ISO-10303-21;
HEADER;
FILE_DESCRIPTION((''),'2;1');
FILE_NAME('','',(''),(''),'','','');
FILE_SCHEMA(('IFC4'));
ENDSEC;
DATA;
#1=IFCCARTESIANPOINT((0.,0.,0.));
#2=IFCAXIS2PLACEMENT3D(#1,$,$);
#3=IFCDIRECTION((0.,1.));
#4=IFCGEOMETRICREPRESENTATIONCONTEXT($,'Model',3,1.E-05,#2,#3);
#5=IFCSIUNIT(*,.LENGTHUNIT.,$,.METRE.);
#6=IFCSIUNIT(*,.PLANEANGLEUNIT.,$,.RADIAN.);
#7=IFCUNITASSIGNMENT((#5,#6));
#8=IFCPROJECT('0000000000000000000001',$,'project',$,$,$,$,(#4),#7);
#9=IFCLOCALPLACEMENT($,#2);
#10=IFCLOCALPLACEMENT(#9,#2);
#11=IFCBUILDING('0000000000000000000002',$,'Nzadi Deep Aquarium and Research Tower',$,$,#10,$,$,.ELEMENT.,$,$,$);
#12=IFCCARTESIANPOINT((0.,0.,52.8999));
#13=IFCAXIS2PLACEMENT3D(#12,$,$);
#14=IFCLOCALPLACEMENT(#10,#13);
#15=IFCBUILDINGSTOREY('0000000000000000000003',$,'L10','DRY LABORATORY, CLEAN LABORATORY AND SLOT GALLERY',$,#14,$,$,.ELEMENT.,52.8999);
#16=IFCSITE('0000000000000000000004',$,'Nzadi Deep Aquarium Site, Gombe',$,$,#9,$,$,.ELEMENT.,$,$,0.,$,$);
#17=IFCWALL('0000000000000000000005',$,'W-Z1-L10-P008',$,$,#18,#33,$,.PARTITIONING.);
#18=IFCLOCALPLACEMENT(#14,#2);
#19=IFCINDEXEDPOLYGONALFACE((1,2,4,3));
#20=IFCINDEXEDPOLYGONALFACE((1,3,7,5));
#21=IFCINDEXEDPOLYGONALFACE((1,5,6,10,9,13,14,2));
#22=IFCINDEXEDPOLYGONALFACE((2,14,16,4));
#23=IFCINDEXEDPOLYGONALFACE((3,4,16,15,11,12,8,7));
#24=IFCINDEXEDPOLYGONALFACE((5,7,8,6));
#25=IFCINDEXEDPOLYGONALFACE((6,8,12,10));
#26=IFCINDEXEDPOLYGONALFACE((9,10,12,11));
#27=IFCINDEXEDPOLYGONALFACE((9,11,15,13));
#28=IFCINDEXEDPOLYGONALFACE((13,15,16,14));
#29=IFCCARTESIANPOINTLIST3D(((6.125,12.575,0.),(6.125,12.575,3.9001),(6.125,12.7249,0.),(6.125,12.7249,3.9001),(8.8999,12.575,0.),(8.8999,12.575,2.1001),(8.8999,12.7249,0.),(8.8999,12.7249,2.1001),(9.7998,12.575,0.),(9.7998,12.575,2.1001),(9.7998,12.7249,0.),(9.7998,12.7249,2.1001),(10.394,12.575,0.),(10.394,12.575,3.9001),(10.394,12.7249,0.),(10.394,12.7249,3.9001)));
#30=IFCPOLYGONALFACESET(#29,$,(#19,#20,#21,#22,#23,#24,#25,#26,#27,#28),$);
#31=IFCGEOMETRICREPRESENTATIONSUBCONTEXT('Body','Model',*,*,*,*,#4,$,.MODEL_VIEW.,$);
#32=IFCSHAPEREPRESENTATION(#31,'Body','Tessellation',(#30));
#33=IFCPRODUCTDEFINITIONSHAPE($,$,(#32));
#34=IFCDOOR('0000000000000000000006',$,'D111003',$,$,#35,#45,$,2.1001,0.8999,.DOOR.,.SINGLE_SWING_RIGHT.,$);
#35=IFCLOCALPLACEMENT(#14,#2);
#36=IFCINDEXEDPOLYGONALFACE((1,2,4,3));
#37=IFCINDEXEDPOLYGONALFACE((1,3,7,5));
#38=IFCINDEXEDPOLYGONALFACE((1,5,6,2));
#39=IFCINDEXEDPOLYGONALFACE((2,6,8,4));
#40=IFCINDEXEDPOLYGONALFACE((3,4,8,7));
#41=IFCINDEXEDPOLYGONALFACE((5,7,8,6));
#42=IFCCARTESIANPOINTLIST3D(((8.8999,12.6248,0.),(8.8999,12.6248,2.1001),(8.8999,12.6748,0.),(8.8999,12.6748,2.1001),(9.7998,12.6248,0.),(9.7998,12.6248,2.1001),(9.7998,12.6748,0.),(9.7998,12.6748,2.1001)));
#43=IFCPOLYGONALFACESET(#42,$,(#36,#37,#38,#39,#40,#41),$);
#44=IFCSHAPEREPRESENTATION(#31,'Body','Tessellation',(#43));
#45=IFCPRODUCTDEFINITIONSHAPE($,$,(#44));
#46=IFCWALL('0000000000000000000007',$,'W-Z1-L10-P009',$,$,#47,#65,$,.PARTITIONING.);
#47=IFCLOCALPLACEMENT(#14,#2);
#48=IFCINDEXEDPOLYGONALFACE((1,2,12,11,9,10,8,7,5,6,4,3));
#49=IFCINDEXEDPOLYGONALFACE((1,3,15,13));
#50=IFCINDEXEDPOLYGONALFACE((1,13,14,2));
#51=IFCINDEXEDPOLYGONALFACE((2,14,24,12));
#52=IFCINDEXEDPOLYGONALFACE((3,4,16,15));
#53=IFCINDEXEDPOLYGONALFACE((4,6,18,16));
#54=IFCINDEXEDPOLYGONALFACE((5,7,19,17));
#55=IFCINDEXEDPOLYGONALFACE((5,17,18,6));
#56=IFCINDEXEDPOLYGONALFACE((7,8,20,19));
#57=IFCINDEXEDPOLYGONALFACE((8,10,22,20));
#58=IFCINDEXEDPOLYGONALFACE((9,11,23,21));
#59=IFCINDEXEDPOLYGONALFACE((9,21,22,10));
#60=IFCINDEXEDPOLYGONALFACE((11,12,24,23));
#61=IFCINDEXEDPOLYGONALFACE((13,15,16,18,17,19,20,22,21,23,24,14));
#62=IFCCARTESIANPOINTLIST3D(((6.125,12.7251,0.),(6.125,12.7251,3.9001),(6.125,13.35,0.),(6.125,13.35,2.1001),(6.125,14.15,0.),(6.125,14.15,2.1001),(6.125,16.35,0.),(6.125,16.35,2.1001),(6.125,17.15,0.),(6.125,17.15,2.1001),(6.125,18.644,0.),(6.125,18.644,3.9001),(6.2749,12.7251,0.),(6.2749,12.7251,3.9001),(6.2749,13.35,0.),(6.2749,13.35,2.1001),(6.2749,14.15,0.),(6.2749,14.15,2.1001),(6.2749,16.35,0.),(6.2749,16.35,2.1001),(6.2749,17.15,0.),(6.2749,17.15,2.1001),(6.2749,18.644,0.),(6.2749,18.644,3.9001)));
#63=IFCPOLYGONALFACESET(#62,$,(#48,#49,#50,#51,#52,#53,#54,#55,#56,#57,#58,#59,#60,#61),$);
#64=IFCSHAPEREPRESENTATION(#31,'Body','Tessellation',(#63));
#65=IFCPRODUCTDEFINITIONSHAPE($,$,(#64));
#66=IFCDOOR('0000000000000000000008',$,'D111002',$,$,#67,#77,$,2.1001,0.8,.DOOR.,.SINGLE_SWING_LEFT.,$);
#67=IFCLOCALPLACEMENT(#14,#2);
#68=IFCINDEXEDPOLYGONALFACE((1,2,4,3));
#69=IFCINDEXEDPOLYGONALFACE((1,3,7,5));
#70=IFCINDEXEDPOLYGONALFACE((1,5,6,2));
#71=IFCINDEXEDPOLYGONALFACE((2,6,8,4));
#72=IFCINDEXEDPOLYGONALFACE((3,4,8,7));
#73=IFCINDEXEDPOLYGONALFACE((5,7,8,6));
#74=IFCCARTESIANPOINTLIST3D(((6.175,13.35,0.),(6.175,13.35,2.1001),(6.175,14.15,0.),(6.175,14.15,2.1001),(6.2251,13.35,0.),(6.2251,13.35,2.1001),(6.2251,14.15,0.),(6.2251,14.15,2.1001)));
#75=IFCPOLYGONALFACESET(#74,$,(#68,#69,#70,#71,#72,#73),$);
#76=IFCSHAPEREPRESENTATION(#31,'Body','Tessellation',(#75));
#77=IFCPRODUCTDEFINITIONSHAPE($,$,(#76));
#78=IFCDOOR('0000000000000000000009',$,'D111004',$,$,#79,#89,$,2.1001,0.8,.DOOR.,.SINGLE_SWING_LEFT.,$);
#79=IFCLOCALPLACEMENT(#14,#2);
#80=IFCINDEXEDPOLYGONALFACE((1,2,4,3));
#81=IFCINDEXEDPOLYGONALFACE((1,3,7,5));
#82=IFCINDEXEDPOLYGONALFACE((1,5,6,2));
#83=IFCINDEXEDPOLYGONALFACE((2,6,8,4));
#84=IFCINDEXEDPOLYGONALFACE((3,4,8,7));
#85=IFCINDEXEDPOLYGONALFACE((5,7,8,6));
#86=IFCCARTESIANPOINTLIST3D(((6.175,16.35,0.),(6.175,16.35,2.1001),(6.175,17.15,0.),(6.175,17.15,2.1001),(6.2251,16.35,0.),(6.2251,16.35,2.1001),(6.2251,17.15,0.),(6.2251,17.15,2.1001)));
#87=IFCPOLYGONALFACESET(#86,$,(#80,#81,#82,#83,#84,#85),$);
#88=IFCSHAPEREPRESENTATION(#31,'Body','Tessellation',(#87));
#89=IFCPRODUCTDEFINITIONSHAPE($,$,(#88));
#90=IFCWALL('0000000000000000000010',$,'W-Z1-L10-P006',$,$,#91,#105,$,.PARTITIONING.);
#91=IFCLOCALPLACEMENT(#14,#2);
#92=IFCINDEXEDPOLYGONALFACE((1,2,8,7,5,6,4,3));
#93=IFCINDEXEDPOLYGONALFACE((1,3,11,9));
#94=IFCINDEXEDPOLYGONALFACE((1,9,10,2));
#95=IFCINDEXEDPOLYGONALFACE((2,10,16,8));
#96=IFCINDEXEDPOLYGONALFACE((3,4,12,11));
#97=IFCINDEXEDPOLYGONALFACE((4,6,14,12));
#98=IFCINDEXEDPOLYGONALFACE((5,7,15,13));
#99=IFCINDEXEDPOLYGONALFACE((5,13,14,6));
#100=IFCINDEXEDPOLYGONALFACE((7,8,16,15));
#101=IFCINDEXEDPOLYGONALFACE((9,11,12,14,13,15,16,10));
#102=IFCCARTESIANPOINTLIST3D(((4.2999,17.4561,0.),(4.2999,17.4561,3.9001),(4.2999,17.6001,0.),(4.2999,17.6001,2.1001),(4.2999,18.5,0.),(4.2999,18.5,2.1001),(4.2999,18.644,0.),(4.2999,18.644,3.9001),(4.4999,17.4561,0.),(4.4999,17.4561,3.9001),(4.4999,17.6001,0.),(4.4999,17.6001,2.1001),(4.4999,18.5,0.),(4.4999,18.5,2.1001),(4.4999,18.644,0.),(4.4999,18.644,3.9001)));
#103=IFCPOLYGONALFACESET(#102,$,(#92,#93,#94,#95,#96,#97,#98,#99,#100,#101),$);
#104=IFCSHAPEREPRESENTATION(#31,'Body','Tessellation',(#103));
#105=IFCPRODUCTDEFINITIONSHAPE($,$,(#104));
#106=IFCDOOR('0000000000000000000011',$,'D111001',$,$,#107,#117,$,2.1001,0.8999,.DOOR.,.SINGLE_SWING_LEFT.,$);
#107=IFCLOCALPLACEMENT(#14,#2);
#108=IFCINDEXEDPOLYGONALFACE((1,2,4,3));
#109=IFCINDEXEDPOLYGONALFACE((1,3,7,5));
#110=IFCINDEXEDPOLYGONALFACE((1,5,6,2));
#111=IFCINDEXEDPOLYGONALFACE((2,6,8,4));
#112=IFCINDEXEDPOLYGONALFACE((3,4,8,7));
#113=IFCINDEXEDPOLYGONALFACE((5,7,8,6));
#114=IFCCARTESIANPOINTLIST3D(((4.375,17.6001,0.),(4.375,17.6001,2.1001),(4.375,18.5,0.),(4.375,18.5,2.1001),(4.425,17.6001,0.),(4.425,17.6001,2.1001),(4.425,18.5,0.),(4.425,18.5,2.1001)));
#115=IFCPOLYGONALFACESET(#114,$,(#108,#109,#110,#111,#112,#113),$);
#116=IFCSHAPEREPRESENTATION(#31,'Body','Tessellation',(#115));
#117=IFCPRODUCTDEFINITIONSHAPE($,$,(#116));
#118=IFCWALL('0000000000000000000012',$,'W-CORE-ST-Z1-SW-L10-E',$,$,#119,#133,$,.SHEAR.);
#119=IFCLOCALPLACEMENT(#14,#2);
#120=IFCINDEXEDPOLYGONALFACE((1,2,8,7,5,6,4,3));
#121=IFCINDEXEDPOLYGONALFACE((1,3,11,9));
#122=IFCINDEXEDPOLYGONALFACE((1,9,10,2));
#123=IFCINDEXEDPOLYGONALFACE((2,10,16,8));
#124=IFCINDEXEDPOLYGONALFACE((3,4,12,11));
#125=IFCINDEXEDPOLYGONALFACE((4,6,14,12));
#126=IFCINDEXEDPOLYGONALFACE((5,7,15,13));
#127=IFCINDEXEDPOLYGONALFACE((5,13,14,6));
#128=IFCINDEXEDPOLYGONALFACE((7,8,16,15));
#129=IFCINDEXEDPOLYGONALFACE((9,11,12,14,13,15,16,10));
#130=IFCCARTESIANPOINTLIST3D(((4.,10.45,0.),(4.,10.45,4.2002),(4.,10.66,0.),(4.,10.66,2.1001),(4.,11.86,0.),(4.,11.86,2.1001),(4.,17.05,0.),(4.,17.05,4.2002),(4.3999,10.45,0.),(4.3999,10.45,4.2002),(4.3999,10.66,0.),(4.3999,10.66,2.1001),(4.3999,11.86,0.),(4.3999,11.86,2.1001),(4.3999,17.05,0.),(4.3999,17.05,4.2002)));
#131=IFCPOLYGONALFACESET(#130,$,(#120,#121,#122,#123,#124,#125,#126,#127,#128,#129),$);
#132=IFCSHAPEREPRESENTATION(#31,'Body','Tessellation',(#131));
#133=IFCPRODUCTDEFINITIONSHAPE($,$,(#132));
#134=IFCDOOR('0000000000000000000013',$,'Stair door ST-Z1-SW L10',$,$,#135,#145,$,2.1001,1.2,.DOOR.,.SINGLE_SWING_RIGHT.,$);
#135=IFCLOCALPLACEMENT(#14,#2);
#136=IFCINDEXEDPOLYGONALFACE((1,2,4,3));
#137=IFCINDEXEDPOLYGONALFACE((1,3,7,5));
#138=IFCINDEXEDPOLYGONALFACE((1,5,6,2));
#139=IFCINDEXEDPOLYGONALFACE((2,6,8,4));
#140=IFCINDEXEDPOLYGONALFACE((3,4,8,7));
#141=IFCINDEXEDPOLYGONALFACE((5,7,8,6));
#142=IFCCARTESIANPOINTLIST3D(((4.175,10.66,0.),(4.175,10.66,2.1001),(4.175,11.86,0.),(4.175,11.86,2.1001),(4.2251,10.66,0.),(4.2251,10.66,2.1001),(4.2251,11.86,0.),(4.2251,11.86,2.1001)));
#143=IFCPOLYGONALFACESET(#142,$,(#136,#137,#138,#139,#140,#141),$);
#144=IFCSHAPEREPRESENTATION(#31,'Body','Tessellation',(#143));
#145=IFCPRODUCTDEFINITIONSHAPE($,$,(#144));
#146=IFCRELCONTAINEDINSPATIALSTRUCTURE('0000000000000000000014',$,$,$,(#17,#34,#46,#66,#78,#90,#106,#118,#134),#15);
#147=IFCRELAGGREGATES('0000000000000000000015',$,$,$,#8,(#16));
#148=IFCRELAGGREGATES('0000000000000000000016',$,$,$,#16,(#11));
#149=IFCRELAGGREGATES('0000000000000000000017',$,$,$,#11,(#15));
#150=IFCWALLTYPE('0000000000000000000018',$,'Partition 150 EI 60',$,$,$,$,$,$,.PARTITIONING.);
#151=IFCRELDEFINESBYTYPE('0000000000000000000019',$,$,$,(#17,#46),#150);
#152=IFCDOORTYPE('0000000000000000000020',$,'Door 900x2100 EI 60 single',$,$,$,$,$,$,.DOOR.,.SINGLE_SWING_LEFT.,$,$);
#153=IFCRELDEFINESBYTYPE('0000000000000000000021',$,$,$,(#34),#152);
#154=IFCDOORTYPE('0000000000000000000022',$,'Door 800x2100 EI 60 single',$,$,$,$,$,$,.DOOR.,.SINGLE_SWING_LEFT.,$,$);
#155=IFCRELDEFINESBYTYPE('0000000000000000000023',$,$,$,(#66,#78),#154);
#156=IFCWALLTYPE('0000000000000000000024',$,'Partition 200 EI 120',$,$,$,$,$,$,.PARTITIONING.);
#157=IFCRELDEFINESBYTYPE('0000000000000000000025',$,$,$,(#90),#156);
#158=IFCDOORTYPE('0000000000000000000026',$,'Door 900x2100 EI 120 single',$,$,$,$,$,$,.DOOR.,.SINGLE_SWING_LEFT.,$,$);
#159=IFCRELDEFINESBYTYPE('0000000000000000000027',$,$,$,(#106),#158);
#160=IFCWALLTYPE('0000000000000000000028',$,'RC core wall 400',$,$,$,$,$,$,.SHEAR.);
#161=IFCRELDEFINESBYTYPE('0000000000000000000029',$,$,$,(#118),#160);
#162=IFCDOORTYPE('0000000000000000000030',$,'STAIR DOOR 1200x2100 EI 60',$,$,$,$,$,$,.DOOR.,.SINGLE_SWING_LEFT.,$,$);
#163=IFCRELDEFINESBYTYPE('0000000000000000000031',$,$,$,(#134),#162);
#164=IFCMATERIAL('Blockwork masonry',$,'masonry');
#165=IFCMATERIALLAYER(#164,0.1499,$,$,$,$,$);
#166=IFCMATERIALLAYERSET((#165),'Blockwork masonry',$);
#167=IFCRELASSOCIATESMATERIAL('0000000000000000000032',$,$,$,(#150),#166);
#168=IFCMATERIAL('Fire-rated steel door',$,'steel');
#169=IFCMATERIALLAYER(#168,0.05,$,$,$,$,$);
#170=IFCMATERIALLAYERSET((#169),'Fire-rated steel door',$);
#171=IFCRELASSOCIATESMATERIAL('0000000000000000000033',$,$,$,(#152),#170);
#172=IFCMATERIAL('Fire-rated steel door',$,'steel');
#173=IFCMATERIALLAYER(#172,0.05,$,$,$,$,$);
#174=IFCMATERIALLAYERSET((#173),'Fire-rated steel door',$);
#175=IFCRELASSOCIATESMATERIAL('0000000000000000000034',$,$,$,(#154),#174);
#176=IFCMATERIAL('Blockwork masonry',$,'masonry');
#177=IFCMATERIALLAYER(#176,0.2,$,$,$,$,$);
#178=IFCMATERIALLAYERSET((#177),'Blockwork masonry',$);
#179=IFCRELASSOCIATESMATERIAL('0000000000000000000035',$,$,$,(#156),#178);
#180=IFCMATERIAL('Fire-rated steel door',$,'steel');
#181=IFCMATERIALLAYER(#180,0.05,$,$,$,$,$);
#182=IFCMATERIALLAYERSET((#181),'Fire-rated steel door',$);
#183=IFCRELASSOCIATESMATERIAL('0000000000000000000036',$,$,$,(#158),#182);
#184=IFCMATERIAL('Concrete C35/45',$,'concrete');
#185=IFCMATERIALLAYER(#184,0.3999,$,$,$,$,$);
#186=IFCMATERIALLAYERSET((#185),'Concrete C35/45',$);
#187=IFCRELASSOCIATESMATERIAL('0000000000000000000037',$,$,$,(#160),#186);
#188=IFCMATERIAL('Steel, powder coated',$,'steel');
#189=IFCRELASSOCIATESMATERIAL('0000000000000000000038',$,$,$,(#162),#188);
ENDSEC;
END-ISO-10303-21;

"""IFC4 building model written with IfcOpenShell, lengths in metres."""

from ifc_helpers import new_model, si_unit, direction, frame, frame_2d, origin, place, context, subcontext, project, spatial, rectangle, extrude, material, layer, layer_set, type_object, element, fill, save


model = new_model("IFC4")

# Units and contexts
model_context = context("Model", 3, precision=1e-05, world=origin(), true_north=direction((0.0, 1.0)))
body_context = subcontext(model_context, "Body", "Model", "MODEL_VIEW")
ifc_project = project(units=[si_unit("LENGTHUNIT", "METRE"), si_unit("PLANEANGLEUNIT", "RADIAN")], contexts=[model_context])

# Site, building, storey
site_placement = place(None, origin())
site = spatial("IfcSite", under=ifc_project, at=site_placement, Name="Nzadi Deep Aquarium Site, Gombe", CompositionType="ELEMENT", RefElevation=0.0)
building_placement = place(site_placement, origin())
building = spatial("IfcBuilding", under=site, at=building_placement, Name="Nzadi Deep Aquarium and Research Tower", CompositionType="ELEMENT")
storey_placement = place(building_placement, frame((0.0, 0.0, 52.8999)))
storey = spatial("IfcBuildingStorey", under=building, at=storey_placement, Name="L10", Description="DRY LABORATORY, CLEAN LABORATORY AND SLOT GALLERY", CompositionType="ELEMENT", Elevation=52.8999)

# Wall, opening, door
ifc_material_1 = material(Name="Blockwork masonry", Category="masonry")
ifc_layer_1 = layer(ifc_material_1, 0.1499)
ifc_layer_set_1 = layer_set([ifc_layer_1], Name="Blockwork masonry")
wall_type_1 = type_object("IfcWallType", Name="Partition 150 EI 60", PredefinedType="PARTITIONING", material=ifc_layer_set_1)
wall_1_placement = place(storey_placement, frame((6.125, 12.6499, 0.0), z_axis=(0.0, 0.0, 1.0), x_axis=(1.0, 0.0, 0.0)))
wall_1 = element("IfcWall", 1, at=wall_1_placement, inside=storey, type_object=wall_type_1, Name="W-Z1-L10-P008", PredefinedType="PARTITIONING", context=body_context, shape_type="SweptSolid", body=[
    extrude(rectangle(XDim=4.269, YDim=0.1499, at=frame_2d((2.1345, 0.0))), origin(), (0.0, 0.0, 1.0), 3.9001),
])
opening_1_placement = place(wall_1_placement, frame((2.7749, 0.0, 0.0)))
opening_1 = element("IfcOpeningElement", 2, at=opening_1_placement, cuts=wall_1, PredefinedType="OPENING", context=body_context, shape_type="SweptSolid", body=[
    extrude(rectangle(XDim=0.8999, YDim=2.1001, at=frame_2d((0.45, 1.05))), frame((0.0, 0.085, 0.0), z_axis=(0.0, -1.0, 0.0), x_axis=(1.0, 0.0, 0.0)), (0.0, 0.0, 1.0), 0.1699),
])
ifc_material_2 = material(Name="Fire-rated steel door", Category="steel")
ifc_layer_2 = layer(ifc_material_2, 0.05)
ifc_layer_set_2 = layer_set([ifc_layer_2], Name="Fire-rated steel door")
door_type_1 = type_object("IfcDoorType", Name="Door 900x2100 EI 60 single", OperationType="SINGLE_SWING_LEFT", PredefinedType="DOOR", material=ifc_layer_set_2)
door_1_placement = place(opening_1_placement, origin())
door_1 = element("IfcDoor", 3, at=door_1_placement, inside=storey, type_object=door_type_1, Name="D111003", OperationType="SINGLE_SWING_RIGHT", OverallHeight=2.1001, OverallWidth=0.8999, PredefinedType="DOOR", context=body_context, shape_type="SweptSolid", body=[
    extrude(rectangle(XDim=0.8999, YDim=2.1001, at=frame_2d((0.45, 1.05))), frame((0.0, 0.0249, 0.0), z_axis=(0.0, -1.0, 0.0), x_axis=(1.0, 0.0, 0.0)), (0.0, 0.0, 1.0), 0.05),
])
fill(opening_1, door_1)

# Wall, openings, doors
wall_2_placement = place(storey_placement, frame((6.2, 12.7251, 0.0), z_axis=(0.0, 0.0, 1.0), x_axis=(0.0, 1.0, 0.0)))
wall_2 = element("IfcWall", 4, at=wall_2_placement, inside=storey, type_object=wall_type_1, Name="W-Z1-L10-P009", PredefinedType="PARTITIONING", context=body_context, shape_type="SweptSolid", body=[
    extrude(rectangle(XDim=5.9189, YDim=0.1499, at=frame_2d((2.9595, 0.0))), origin(), (0.0, 0.0, 1.0), 3.9001),
])
opening_2_placement = place(wall_2_placement, frame((0.625, 0.0, 0.0)))
opening_2 = element("IfcOpeningElement", 5, at=opening_2_placement, cuts=wall_2, PredefinedType="OPENING", context=body_context, shape_type="SweptSolid", body=[
    extrude(rectangle(XDim=0.8, YDim=2.1001, at=frame_2d((0.3999, 1.05))), frame((0.0, 0.085, 0.0), z_axis=(0.0, -1.0, 0.0), x_axis=(1.0, 0.0, 0.0)), (0.0, 0.0, 1.0), 0.1699),
])
opening_3_placement = place(wall_2_placement, frame((3.625, 0.0, 0.0)))
opening_3 = element("IfcOpeningElement", 6, at=opening_3_placement, cuts=wall_2, PredefinedType="OPENING", context=body_context, shape_type="SweptSolid", body=[
    extrude(rectangle(XDim=0.8, YDim=2.1001, at=frame_2d((0.3999, 1.05))), frame((0.0, 0.085, 0.0), z_axis=(0.0, -1.0, 0.0), x_axis=(1.0, 0.0, 0.0)), (0.0, 0.0, 1.0), 0.1699),
])
ifc_material_3 = material(Name="Fire-rated steel door", Category="steel")
ifc_layer_3 = layer(ifc_material_3, 0.05)
ifc_layer_set_3 = layer_set([ifc_layer_3], Name="Fire-rated steel door")
door_type_2 = type_object("IfcDoorType", Name="Door 800x2100 EI 60 single", OperationType="SINGLE_SWING_LEFT", PredefinedType="DOOR", material=ifc_layer_set_3)
door_2_placement = place(opening_2_placement, origin())
door_2 = element("IfcDoor", 7, at=door_2_placement, inside=storey, type_object=door_type_2, Name="D111002", OperationType="SINGLE_SWING_LEFT", OverallHeight=2.1001, OverallWidth=0.8, PredefinedType="DOOR", context=body_context, shape_type="SweptSolid", body=[
    extrude(rectangle(XDim=0.8, YDim=2.1001, at=frame_2d((0.3999, 1.05))), frame((0.0, 0.0249, 0.0), z_axis=(0.0, -1.0, 0.0), x_axis=(1.0, 0.0, 0.0)), (0.0, 0.0, 1.0), 0.05),
])
fill(opening_2, door_2)
door_3_placement = place(opening_3_placement, origin())
door_3 = element("IfcDoor", 8, at=door_3_placement, inside=storey, type_object=door_type_2, Name="D111004", OperationType="SINGLE_SWING_LEFT", OverallHeight=2.1001, OverallWidth=0.8, PredefinedType="DOOR", context=body_context, shape_type="SweptSolid", body=[
    extrude(rectangle(XDim=0.8, YDim=2.1001, at=frame_2d((0.3999, 1.05))), frame((0.0, 0.0249, 0.0), z_axis=(0.0, -1.0, 0.0), x_axis=(1.0, 0.0, 0.0)), (0.0, 0.0, 1.0), 0.05),
])
fill(opening_3, door_3)

# Walls, openings, doors
ifc_material_4 = material(Name="Blockwork masonry", Category="masonry")
ifc_layer_4 = layer(ifc_material_4, 0.2)
ifc_layer_set_4 = layer_set([ifc_layer_4], Name="Blockwork masonry")
wall_type_2 = type_object("IfcWallType", Name="Partition 200 EI 120", PredefinedType="PARTITIONING", material=ifc_layer_set_4)
wall_3_placement = place(storey_placement, frame((4.3999, 17.4561, 0.0), z_axis=(0.0, 0.0, 1.0), x_axis=(0.0, 1.0, 0.0)))
wall_3 = element("IfcWall", 9, at=wall_3_placement, inside=storey, type_object=wall_type_2, Name="W-Z1-L10-P006", PredefinedType="PARTITIONING", context=body_context, shape_type="SweptSolid", body=[
    extrude(rectangle(XDim=1.188, YDim=0.2, at=frame_2d((0.594, 0.0))), origin(), (0.0, 0.0, 1.0), 3.9001),
])
opening_4_placement = place(wall_3_placement, frame((0.144, 0.0, 0.0)))
opening_4 = element("IfcOpeningElement", 10, at=opening_4_placement, cuts=wall_3, PredefinedType="OPENING", context=body_context, shape_type="SweptSolid", body=[
    extrude(rectangle(XDim=0.8999, YDim=2.1001, at=frame_2d((0.45, 1.05))), frame((0.0, 0.1101, 0.0), z_axis=(0.0, -1.0, 0.0), x_axis=(1.0, 0.0, 0.0)), (0.0, 0.0, 1.0), 0.2202),
])
ifc_material_5 = material(Name="Fire-rated steel door", Category="steel")
ifc_layer_5 = layer(ifc_material_5, 0.05)
ifc_layer_set_5 = layer_set([ifc_layer_5], Name="Fire-rated steel door")
door_type_3 = type_object("IfcDoorType", Name="Door 900x2100 EI 120 single", OperationType="SINGLE_SWING_LEFT", PredefinedType="DOOR", material=ifc_layer_set_5)
door_4_placement = place(opening_4_placement, origin())
door_4 = element("IfcDoor", 11, at=door_4_placement, inside=storey, type_object=door_type_3, Name="D111001", OperationType="SINGLE_SWING_LEFT", OverallHeight=2.1001, OverallWidth=0.8999, PredefinedType="DOOR", context=body_context, shape_type="SweptSolid", body=[
    extrude(rectangle(XDim=0.8999, YDim=2.1001, at=frame_2d((0.45, 1.05))), frame((0.0, 0.0249, 0.0), z_axis=(0.0, -1.0, 0.0), x_axis=(1.0, 0.0, 0.0)), (0.0, 0.0, 1.0), 0.05),
])
fill(opening_4, door_4)
ifc_material_6 = material(Name="Concrete C35/45", Category="concrete")
ifc_layer_6 = layer(ifc_material_6, 0.3999)
ifc_layer_set_6 = layer_set([ifc_layer_6], Name="Concrete C35/45")
wall_type_3 = type_object("IfcWallType", Name="RC core wall 400", PredefinedType="SHEAR", material=ifc_layer_set_6)
wall_4_placement = place(storey_placement, frame((4.2, 10.45, 0.0), z_axis=(0.0, 0.0, 1.0), x_axis=(0.0, 1.0, 0.0)))
wall_4 = element("IfcWall", 12, at=wall_4_placement, inside=storey, type_object=wall_type_3, Name="W-CORE-ST-Z1-SW-L10-E", PredefinedType="SHEAR", context=body_context, shape_type="SweptSolid", body=[
    extrude(rectangle(XDim=6.6001, YDim=0.3999, at=frame_2d((3.3, 0.0))), origin(), (0.0, 0.0, 1.0), 4.2002),
])
opening_5_placement = place(wall_4_placement, frame((0.21, 0.0, 0.0)))
opening_5 = element("IfcOpeningElement", 13, at=opening_5_placement, cuts=wall_4, PredefinedType="OPENING", context=body_context, shape_type="SweptSolid", body=[
    extrude(rectangle(XDim=1.2, YDim=2.1001, at=frame_2d((0.6001, 1.05))), frame((0.0, 0.21, 0.0), z_axis=(0.0, -1.0, 0.0), x_axis=(1.0, 0.0, 0.0)), (0.0, 0.0, 1.0), 0.4199),
])
ifc_material_7 = material(Name="Steel, powder coated", Category="steel")
door_type_4 = type_object("IfcDoorType", Name="STAIR DOOR 1200x2100 EI 60", OperationType="SINGLE_SWING_LEFT", PredefinedType="DOOR", material=ifc_material_7)
door_5_placement = place(opening_5_placement, origin())
door_5 = element("IfcDoor", 14, at=door_5_placement, inside=storey, type_object=door_type_4, Name="Stair door ST-Z1-SW L10", OperationType="SINGLE_SWING_RIGHT", OverallHeight=2.1001, OverallWidth=1.2, PredefinedType="DOOR", context=body_context, shape_type="SweptSolid", body=[
    extrude(rectangle(XDim=1.2, YDim=2.1001, at=frame_2d((0.6001, 1.05))), frame((0.0, 0.0249, 0.0), z_axis=(0.0, -1.0, 0.0), x_axis=(1.0, 0.0, 0.0)), (0.0, 0.0, 1.0), 0.05),
])
fill(opening_5, door_5)

save(model, "model.ifc")
